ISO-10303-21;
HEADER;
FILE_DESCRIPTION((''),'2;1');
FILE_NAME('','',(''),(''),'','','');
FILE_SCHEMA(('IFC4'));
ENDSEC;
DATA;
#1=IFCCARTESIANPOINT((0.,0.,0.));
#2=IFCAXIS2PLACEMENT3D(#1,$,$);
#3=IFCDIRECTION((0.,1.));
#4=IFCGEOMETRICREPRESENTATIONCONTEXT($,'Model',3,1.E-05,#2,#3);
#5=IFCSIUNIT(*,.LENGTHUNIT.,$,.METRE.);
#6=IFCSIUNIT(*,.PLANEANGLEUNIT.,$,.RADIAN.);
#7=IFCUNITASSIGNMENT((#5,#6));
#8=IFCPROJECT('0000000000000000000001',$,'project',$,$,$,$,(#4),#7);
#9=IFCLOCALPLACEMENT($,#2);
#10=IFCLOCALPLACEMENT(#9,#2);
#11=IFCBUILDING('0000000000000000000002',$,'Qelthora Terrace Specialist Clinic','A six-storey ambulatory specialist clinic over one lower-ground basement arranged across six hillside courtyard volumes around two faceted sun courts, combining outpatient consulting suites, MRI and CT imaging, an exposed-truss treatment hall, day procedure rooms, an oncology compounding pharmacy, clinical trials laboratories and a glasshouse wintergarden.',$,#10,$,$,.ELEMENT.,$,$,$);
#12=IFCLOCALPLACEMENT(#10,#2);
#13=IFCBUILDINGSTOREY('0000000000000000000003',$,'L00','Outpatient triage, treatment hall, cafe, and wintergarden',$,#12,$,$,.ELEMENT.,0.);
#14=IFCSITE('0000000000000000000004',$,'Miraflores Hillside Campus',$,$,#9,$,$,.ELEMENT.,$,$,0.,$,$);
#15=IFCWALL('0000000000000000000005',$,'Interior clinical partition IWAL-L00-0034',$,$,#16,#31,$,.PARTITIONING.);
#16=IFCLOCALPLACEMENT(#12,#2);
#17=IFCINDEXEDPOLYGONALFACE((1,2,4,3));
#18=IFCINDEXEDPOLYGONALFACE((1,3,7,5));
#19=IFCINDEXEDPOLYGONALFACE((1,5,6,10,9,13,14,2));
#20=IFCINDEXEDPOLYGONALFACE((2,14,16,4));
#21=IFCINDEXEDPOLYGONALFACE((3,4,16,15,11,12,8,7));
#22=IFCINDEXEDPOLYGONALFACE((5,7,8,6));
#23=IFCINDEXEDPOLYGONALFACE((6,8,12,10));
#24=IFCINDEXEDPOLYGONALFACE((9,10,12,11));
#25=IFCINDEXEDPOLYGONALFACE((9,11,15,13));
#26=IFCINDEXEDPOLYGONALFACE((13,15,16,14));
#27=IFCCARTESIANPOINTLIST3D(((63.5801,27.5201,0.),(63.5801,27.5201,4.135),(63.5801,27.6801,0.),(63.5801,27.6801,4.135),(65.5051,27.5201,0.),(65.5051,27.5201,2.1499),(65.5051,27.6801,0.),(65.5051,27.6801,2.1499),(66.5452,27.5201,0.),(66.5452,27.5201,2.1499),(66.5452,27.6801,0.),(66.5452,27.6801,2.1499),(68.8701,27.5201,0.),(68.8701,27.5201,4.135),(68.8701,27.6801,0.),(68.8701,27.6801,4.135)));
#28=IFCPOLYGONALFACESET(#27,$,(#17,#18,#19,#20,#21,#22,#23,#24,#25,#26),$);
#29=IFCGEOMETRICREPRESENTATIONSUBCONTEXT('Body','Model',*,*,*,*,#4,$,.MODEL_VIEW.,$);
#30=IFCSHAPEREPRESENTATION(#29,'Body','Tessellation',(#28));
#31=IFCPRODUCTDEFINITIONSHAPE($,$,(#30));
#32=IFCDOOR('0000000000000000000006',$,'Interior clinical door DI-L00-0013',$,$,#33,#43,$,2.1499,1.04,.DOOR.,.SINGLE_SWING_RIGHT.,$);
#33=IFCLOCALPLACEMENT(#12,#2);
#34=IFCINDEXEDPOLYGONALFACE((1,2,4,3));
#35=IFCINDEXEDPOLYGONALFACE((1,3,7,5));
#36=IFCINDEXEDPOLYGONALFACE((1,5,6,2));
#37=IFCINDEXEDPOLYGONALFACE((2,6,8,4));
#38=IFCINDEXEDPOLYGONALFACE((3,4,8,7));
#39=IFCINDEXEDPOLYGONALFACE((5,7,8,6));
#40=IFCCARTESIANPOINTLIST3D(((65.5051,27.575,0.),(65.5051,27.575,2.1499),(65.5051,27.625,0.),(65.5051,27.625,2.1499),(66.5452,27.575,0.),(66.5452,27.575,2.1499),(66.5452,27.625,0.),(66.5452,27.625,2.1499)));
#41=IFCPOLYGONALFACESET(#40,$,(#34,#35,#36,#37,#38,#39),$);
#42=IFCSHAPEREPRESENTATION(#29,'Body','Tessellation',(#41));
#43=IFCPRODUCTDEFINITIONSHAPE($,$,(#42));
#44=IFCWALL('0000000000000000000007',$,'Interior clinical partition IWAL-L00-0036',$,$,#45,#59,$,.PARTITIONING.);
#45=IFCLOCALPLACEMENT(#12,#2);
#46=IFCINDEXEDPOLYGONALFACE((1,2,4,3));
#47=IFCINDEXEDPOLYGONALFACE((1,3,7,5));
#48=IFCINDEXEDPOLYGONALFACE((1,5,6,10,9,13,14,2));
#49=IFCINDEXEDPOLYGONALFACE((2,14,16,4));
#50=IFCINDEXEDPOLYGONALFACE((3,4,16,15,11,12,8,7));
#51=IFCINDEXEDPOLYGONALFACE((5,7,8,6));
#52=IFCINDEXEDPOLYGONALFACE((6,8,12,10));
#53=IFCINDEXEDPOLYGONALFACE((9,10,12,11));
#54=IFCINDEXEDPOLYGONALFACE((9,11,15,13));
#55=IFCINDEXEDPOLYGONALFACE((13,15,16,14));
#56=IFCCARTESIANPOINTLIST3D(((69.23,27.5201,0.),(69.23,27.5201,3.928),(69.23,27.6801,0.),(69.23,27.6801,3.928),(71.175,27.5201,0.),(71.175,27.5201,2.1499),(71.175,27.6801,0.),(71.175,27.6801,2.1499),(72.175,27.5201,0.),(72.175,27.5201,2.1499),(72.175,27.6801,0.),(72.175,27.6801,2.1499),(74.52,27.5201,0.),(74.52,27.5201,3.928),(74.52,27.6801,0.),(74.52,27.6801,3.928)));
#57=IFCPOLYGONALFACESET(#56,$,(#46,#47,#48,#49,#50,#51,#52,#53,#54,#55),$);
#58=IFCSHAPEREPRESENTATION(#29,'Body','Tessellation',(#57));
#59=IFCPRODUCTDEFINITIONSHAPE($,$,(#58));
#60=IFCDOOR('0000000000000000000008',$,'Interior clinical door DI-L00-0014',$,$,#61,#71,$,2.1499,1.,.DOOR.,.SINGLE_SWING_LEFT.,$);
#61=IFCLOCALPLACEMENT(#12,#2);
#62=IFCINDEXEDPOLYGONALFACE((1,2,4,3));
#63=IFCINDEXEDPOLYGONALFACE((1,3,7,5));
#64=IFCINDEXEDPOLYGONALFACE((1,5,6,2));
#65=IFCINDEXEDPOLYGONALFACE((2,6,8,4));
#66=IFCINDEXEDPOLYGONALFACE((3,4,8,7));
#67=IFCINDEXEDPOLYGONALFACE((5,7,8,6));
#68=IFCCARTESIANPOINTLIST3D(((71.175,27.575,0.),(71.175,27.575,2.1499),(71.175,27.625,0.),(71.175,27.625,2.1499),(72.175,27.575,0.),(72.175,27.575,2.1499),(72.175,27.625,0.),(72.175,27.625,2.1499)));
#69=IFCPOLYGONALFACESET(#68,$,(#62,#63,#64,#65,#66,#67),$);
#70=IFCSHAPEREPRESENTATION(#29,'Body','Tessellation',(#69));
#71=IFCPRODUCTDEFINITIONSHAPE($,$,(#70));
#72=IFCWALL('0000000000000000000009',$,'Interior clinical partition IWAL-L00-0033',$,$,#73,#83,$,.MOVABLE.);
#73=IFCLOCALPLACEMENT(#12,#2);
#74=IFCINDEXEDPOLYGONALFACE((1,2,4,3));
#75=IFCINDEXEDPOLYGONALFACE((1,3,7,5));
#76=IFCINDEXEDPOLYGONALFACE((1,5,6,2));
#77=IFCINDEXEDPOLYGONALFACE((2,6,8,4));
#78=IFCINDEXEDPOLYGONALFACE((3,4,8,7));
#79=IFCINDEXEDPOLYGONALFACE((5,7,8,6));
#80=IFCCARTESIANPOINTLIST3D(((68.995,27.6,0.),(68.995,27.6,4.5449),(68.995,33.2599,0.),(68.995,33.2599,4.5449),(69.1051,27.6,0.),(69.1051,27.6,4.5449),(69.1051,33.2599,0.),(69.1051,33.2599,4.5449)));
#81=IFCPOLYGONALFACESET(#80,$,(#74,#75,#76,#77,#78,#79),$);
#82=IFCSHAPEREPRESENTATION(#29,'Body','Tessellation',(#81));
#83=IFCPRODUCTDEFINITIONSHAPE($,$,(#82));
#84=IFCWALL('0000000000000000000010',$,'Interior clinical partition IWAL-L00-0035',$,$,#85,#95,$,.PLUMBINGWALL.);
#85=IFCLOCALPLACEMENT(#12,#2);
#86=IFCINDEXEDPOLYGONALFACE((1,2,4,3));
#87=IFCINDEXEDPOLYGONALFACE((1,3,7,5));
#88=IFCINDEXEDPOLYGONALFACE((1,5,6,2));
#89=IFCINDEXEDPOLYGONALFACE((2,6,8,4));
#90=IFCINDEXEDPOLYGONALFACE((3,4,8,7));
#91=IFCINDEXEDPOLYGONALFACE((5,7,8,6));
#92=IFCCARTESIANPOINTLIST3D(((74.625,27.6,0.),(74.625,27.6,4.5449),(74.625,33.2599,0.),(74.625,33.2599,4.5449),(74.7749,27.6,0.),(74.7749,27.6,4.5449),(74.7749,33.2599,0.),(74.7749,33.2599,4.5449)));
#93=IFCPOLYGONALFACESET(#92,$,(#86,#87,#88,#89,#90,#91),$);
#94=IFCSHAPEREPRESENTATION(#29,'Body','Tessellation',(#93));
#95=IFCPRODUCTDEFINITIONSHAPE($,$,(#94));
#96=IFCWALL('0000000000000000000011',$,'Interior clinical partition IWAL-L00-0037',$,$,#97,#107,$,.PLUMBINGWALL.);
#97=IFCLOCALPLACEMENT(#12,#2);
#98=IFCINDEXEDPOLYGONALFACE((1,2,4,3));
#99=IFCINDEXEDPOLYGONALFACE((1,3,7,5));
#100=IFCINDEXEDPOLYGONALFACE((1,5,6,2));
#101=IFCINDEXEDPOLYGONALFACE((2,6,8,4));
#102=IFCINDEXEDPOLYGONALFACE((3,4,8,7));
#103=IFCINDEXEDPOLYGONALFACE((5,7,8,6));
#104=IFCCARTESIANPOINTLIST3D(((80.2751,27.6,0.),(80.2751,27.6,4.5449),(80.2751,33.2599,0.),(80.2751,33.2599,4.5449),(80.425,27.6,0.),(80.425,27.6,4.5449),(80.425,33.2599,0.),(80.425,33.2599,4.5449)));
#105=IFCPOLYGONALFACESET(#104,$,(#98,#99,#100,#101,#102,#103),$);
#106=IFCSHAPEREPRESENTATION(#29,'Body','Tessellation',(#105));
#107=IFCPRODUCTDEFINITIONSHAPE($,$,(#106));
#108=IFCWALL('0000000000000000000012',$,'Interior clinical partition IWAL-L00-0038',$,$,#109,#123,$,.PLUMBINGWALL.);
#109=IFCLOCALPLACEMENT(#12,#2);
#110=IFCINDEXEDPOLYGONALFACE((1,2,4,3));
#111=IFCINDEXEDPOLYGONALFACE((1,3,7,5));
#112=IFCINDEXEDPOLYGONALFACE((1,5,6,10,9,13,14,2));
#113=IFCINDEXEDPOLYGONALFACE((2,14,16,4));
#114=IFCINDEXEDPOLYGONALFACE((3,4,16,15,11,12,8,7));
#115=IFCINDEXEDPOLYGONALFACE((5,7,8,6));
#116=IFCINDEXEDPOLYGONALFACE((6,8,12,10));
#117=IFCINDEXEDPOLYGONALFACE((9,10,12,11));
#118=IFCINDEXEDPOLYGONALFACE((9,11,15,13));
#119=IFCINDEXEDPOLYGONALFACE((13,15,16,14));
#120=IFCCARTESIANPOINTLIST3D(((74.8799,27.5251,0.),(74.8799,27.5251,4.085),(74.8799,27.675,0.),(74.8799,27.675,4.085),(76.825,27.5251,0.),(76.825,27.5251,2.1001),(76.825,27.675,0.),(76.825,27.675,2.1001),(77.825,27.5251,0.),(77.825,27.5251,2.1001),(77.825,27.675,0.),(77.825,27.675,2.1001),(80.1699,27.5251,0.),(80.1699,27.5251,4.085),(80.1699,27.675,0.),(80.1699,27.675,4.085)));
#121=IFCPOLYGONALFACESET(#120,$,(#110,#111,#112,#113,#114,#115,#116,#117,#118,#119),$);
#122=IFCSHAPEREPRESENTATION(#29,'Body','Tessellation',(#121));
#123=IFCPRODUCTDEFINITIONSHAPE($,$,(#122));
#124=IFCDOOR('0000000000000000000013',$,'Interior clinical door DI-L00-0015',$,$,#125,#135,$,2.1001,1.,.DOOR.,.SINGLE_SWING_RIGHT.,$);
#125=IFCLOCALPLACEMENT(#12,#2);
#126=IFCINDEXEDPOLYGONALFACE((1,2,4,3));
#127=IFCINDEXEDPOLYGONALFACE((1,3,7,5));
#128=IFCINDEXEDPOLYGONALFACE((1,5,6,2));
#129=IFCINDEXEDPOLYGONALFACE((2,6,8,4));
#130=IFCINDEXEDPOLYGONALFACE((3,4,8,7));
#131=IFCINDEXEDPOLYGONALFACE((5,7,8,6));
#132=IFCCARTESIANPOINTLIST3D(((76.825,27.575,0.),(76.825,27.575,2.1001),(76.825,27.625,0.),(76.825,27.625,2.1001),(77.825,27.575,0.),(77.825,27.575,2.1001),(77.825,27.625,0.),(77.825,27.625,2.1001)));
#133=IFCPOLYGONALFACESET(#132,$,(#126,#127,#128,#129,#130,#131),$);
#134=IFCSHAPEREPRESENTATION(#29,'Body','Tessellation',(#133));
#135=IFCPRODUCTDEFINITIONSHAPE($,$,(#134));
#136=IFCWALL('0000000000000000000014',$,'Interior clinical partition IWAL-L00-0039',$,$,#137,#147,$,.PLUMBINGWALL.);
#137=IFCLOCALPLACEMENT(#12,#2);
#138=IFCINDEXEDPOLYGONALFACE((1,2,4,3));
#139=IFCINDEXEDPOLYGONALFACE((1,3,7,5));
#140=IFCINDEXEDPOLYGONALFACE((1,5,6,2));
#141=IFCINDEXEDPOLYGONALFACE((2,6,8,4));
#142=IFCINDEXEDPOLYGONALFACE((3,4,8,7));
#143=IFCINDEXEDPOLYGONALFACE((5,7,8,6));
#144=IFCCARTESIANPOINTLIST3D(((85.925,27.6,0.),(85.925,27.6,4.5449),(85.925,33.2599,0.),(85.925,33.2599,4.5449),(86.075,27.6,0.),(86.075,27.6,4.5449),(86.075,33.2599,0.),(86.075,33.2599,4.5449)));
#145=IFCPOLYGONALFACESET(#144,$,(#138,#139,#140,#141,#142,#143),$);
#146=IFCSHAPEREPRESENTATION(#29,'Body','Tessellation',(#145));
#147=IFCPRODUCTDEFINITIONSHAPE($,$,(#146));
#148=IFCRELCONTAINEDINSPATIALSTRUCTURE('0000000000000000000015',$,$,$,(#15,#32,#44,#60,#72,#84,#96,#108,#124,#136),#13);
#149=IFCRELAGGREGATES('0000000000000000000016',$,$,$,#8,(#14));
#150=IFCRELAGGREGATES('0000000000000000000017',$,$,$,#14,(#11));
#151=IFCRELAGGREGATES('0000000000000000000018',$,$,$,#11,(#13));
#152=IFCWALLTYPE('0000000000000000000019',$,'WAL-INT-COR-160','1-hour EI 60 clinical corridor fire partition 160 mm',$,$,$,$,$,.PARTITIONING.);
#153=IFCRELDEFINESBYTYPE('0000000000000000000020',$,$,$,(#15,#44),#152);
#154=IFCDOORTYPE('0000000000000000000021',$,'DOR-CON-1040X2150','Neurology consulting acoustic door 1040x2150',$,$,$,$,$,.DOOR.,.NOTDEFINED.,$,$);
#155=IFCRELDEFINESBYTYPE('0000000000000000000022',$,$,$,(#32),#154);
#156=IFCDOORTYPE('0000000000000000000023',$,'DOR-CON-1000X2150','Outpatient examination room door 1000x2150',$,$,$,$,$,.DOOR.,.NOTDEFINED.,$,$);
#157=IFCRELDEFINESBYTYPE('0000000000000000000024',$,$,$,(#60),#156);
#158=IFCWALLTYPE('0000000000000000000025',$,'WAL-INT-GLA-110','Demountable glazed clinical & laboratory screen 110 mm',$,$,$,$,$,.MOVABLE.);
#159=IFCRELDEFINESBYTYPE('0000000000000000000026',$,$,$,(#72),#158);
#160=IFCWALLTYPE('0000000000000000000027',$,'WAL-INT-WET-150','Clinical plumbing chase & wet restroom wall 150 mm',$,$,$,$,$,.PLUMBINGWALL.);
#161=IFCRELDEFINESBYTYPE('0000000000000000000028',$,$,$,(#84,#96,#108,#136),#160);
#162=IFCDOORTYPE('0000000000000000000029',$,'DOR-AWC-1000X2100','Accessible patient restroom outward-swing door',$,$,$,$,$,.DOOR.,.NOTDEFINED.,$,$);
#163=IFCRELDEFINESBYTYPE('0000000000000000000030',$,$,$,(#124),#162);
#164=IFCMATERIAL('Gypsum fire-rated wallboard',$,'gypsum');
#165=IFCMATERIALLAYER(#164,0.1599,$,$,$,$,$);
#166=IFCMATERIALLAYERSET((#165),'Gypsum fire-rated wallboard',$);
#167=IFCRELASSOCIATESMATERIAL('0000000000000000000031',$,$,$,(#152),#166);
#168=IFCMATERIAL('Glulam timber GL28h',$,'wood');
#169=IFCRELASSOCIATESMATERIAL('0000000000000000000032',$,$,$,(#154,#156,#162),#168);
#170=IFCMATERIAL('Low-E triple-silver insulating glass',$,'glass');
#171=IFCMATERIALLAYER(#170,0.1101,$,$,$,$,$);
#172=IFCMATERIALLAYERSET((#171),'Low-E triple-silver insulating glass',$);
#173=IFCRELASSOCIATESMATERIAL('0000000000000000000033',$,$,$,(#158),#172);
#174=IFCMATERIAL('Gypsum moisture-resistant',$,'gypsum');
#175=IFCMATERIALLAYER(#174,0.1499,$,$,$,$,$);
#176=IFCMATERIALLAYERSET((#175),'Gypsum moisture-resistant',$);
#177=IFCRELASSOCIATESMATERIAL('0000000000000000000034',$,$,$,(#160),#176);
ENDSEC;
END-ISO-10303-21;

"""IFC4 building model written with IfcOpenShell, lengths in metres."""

from ifc_helpers import new_model, si_unit, direction, frame, frame_2d, origin, place, context, subcontext, project, spatial, rectangle, extrude, material, layer, layer_set, type_object, element, fill, save


model = new_model("IFC4")

# Units and contexts
model_context = context("Model", 3, precision=1e-05, world=origin(), true_north=direction((0.0, 1.0)))
body_context = subcontext(model_context, "Body", "Model", "MODEL_VIEW")
ifc_project = project(units=[si_unit("LENGTHUNIT", "METRE"), si_unit("PLANEANGLEUNIT", "RADIAN")], contexts=[model_context])

# Site, building, storey
site_placement = place(None, origin())
site = spatial("IfcSite", under=ifc_project, at=site_placement, Name="Miraflores Hillside Campus", CompositionType="ELEMENT", RefElevation=0.0)
building_placement = place(site_placement, origin())
building = spatial("IfcBuilding", under=site, at=building_placement, Name="Qelthora Terrace Specialist Clinic", Description="A six-storey ambulatory specialist clinic over one lower-ground basement arranged across six hillside courtyard volumes around two faceted sun courts, combining outpatient consulting suites, MRI and CT imaging, an exposed-truss treatment hall, day procedure rooms, an oncology compounding pharmacy, clinical trials laboratories and a glasshouse wintergarden.", CompositionType="ELEMENT")
storey_placement = place(building_placement, origin())
storey = spatial("IfcBuildingStorey", under=building, at=storey_placement, Name="L00", Description="Outpatient triage, treatment hall, cafe, and wintergarden", CompositionType="ELEMENT", Elevation=0.0)

# Shared definitions
ifc_material_1 = material(Name="Low-E triple-silver insulating glass", Category="glass")

# Walls, openings, doors
ifc_material_2 = material(Name="Gypsum fire-rated wallboard", Category="gypsum")
ifc_layer_1 = layer(ifc_material_2, 0.1599)
ifc_layer_set_1 = layer_set([ifc_layer_1], Name="Gypsum fire-rated wallboard")
wall_type_1 = type_object("IfcWallType", Name="WAL-INT-COR-160", Description="1-hour EI 60 clinical corridor fire partition 160 mm", PredefinedType="PARTITIONING", material=ifc_layer_set_1)
wall_1_placement = place(storey_placement, frame((68.8701, 27.6001, 0.0), z_axis=(0.0, 0.0, 1.0), x_axis=(-1.0, 0.0, 0.0)))
wall_1 = element("IfcWall", 1, at=wall_1_placement, inside=storey, type_object=wall_type_1, Name="Interior clinical partition IWAL-L00-0034", PredefinedType="PARTITIONING", context=body_context, shape_type="SweptSolid", body=[
    extrude(rectangle(XDim=5.29, YDim=0.1599, at=frame_2d((2.645, 0.0))), origin(), (0.0, 0.0, 1.0), 4.135),
])
opening_1_placement = place(wall_1_placement, frame((2.325, 0.0, 0.0)))
opening_1 = element("IfcOpeningElement", 2, at=opening_1_placement, cuts=wall_1, PredefinedType="OPENING", context=body_context, shape_type="SweptSolid", body=[
    extrude(rectangle(XDim=1.04, YDim=2.1499, at=frame_2d((0.52, 1.075))), frame((0.0, 0.0898, 0.0), z_axis=(0.0, -1.0, 0.0), x_axis=(1.0, 0.0, 0.0)), (0.0, 0.0, 1.0), 0.1799),
])
ifc_material_3 = material(Name="Glulam timber GL28h", Category="wood")
door_type_1 = type_object("IfcDoorType", Name="DOR-CON-1040X2150", Description="Neurology consulting acoustic door 1040x2150", OperationType="NOTDEFINED", PredefinedType="DOOR", material=ifc_material_3)
door_1_placement = place(opening_1_placement, frame((1.04, 0.0, 0.0), z_axis=(0.0, 0.0, 1.0), x_axis=(-1.0, 0.0, 0.0)))
door_1 = element("IfcDoor", 3, at=door_1_placement, inside=storey, type_object=door_type_1, Name="Interior clinical door DI-L00-0013", OperationType="SINGLE_SWING_RIGHT", OverallHeight=2.1499, OverallWidth=1.04, PredefinedType="DOOR", context=body_context, shape_type="SweptSolid", body=[
    extrude(rectangle(XDim=1.04, YDim=2.1499, at=frame_2d((0.52, 1.075))), frame((0.0, 0.0249, 0.0), z_axis=(0.0, -1.0, 0.0), x_axis=(1.0, 0.0, 0.0)), (0.0, 0.0, 1.0), 0.05),
])
fill(opening_1, door_1)
wall_2_placement = place(storey_placement, frame((74.52, 27.6001, 0.0), z_axis=(0.0, 0.0, 1.0), x_axis=(-1.0, 0.0, 0.0)))
wall_2 = element("IfcWall", 4, at=wall_2_placement, inside=storey, type_object=wall_type_1, Name="Interior clinical partition IWAL-L00-0036", PredefinedType="PARTITIONING", context=body_context, shape_type="SweptSolid", body=[
    extrude(rectangle(XDim=5.29, YDim=0.1599, at=frame_2d((2.645, 0.0))), origin(), (0.0, 0.0, 1.0), 3.928),
])
opening_2_placement = place(wall_2_placement, frame((2.345, 0.0, 0.0)))
opening_2 = element("IfcOpeningElement", 5, at=opening_2_placement, cuts=wall_2, PredefinedType="OPENING", context=body_context, shape_type="SweptSolid", body=[
    extrude(rectangle(XDim=1.0, YDim=2.1499, at=frame_2d((0.5, 1.075))), frame((0.0, 0.0898, 0.0), z_axis=(0.0, -1.0, 0.0), x_axis=(1.0, 0.0, 0.0)), (0.0, 0.0, 1.0), 0.1799),
])
door_type_2 = type_object("IfcDoorType", Name="DOR-CON-1000X2150", Description="Outpatient examination room door 1000x2150", OperationType="NOTDEFINED", PredefinedType="DOOR", material=ifc_material_3)
door_2_placement = place(opening_2_placement, frame((1.0, 0.0, 0.0), z_axis=(0.0, 0.0, 1.0), x_axis=(-1.0, 0.0, 0.0)))
door_2 = element("IfcDoor", 6, at=door_2_placement, inside=storey, type_object=door_type_2, Name="Interior clinical door DI-L00-0014", OperationType="SINGLE_SWING_LEFT", OverallHeight=2.1499, OverallWidth=1.0, PredefinedType="DOOR", context=body_context, shape_type="SweptSolid", body=[
    extrude(rectangle(XDim=1.0, YDim=2.1499, at=frame_2d((0.5, 1.075))), frame((0.0, 0.0249, 0.0), z_axis=(0.0, -1.0, 0.0), x_axis=(1.0, 0.0, 0.0)), (0.0, 0.0, 1.0), 0.05),
])
fill(opening_2, door_2)

# Walls
ifc_layer_2 = layer(ifc_material_1, 0.1101)
ifc_layer_set_2 = layer_set([ifc_layer_2], Name="Low-E triple-silver insulating glass")
wall_type_2 = type_object("IfcWallType", Name="WAL-INT-GLA-110", Description="Demountable glazed clinical & laboratory screen 110 mm", PredefinedType="MOVABLE", material=ifc_layer_set_2)
wall_3_placement = place(storey_placement, frame((69.05, 33.26, 0.0), z_axis=(0.0, 0.0, 1.0), x_axis=(0.0, -1.0, 0.0)))
element("IfcWall", 7, at=wall_3_placement, inside=storey, type_object=wall_type_2, Name="Interior clinical partition IWAL-L00-0033", PredefinedType="MOVABLE", context=body_context, shape_type="SweptSolid", body=[
    extrude(rectangle(XDim=5.6599, YDim=0.1101, at=frame_2d((2.8301, 0.0))), origin(), (0.0, 0.0, 1.0), 4.5449),
])
ifc_material_4 = material(Name="Gypsum moisture-resistant", Category="gypsum")
ifc_layer_3 = layer(ifc_material_4, 0.1499)
ifc_layer_set_3 = layer_set([ifc_layer_3], Name="Gypsum moisture-resistant")
wall_type_3 = type_object("IfcWallType", Name="WAL-INT-WET-150", Description="Clinical plumbing chase & wet restroom wall 150 mm", PredefinedType="PLUMBINGWALL", material=ifc_layer_set_3)
for number, where, z_axis, x_axis, name in (
    (8, (74.7, 33.26, 0.0), (0.0, 0.0, 1.0), (0.0, -1.0, 0.0), "Interior clinical partition IWAL-L00-0035"),
    (9, (80.3501, 33.26, 0.0), (0.0, 0.0, 1.0), (0.0, -1.0, 0.0), "Interior clinical partition IWAL-L00-0037"),
):
    element("IfcWall", number, at=place(storey_placement, frame(where, z_axis=z_axis, x_axis=x_axis)), inside=storey, type_object=wall_type_3, Name=name, PredefinedType="PLUMBINGWALL", context=body_context, shape_type="SweptSolid", body=[
        extrude(rectangle(XDim=5.6599, YDim=0.1499, at=frame_2d((2.8301, 0.0))), origin(), (0.0, 0.0, 1.0), 4.5449),
    ])

# Wall, opening, door
wall_4_placement = place(storey_placement, frame((80.1699, 27.6001, 0.0), z_axis=(0.0, 0.0, 1.0), x_axis=(-1.0, 0.0, 0.0)))
wall_4 = element("IfcWall", 10, at=wall_4_placement, inside=storey, type_object=wall_type_3, Name="Interior clinical partition IWAL-L00-0038", PredefinedType="PLUMBINGWALL", context=body_context, shape_type="SweptSolid", body=[
    extrude(rectangle(XDim=5.29, YDim=0.1499, at=frame_2d((2.645, 0.0))), origin(), (0.0, 0.0, 1.0), 4.085),
])
opening_3_placement = place(wall_4_placement, frame((2.345, 0.0, 0.0)))
opening_3 = element("IfcOpeningElement", 11, at=opening_3_placement, cuts=wall_4, PredefinedType="OPENING", context=body_context, shape_type="SweptSolid", body=[
    extrude(rectangle(XDim=1.0, YDim=2.1001, at=frame_2d((0.5, 1.05))), frame((0.0, 0.085, 0.0), z_axis=(0.0, -1.0, 0.0), x_axis=(1.0, 0.0, 0.0)), (0.0, 0.0, 1.0), 0.1699),
])
door_type_3 = type_object("IfcDoorType", Name="DOR-AWC-1000X2100", Description="Accessible patient restroom outward-swing door", OperationType="NOTDEFINED", PredefinedType="DOOR", material=ifc_material_3)
door_3_placement = place(opening_3_placement, frame((1.0, 0.0, 0.0), z_axis=(0.0, 0.0, 1.0), x_axis=(-1.0, 0.0, 0.0)))
door_3 = element("IfcDoor", 12, at=door_3_placement, inside=storey, type_object=door_type_3, Name="Interior clinical door DI-L00-0015", OperationType="SINGLE_SWING_RIGHT", OverallHeight=2.1001, OverallWidth=1.0, PredefinedType="DOOR", context=body_context, shape_type="SweptSolid", body=[
    extrude(rectangle(XDim=1.0, YDim=2.1001, at=frame_2d((0.5, 1.05))), frame((0.0, 0.0249, 0.0), z_axis=(0.0, -1.0, 0.0), x_axis=(1.0, 0.0, 0.0)), (0.0, 0.0, 1.0), 0.05),
])
fill(opening_3, door_3)

# Wall
wall_5_placement = place(storey_placement, frame((86.0, 33.26, 0.0), z_axis=(0.0, 0.0, 1.0), x_axis=(0.0, -1.0, 0.0)))
element("IfcWall", 13, at=wall_5_placement, inside=storey, type_object=wall_type_3, Name="Interior clinical partition IWAL-L00-0039", PredefinedType="PLUMBINGWALL", context=body_context, shape_type="SweptSolid", body=[
    extrude(rectangle(XDim=5.6599, YDim=0.1499, at=frame_2d((2.8301, 0.0))), origin(), (0.0, 0.0, 1.0), 4.5449),
])

save(model, "model.ifc")
